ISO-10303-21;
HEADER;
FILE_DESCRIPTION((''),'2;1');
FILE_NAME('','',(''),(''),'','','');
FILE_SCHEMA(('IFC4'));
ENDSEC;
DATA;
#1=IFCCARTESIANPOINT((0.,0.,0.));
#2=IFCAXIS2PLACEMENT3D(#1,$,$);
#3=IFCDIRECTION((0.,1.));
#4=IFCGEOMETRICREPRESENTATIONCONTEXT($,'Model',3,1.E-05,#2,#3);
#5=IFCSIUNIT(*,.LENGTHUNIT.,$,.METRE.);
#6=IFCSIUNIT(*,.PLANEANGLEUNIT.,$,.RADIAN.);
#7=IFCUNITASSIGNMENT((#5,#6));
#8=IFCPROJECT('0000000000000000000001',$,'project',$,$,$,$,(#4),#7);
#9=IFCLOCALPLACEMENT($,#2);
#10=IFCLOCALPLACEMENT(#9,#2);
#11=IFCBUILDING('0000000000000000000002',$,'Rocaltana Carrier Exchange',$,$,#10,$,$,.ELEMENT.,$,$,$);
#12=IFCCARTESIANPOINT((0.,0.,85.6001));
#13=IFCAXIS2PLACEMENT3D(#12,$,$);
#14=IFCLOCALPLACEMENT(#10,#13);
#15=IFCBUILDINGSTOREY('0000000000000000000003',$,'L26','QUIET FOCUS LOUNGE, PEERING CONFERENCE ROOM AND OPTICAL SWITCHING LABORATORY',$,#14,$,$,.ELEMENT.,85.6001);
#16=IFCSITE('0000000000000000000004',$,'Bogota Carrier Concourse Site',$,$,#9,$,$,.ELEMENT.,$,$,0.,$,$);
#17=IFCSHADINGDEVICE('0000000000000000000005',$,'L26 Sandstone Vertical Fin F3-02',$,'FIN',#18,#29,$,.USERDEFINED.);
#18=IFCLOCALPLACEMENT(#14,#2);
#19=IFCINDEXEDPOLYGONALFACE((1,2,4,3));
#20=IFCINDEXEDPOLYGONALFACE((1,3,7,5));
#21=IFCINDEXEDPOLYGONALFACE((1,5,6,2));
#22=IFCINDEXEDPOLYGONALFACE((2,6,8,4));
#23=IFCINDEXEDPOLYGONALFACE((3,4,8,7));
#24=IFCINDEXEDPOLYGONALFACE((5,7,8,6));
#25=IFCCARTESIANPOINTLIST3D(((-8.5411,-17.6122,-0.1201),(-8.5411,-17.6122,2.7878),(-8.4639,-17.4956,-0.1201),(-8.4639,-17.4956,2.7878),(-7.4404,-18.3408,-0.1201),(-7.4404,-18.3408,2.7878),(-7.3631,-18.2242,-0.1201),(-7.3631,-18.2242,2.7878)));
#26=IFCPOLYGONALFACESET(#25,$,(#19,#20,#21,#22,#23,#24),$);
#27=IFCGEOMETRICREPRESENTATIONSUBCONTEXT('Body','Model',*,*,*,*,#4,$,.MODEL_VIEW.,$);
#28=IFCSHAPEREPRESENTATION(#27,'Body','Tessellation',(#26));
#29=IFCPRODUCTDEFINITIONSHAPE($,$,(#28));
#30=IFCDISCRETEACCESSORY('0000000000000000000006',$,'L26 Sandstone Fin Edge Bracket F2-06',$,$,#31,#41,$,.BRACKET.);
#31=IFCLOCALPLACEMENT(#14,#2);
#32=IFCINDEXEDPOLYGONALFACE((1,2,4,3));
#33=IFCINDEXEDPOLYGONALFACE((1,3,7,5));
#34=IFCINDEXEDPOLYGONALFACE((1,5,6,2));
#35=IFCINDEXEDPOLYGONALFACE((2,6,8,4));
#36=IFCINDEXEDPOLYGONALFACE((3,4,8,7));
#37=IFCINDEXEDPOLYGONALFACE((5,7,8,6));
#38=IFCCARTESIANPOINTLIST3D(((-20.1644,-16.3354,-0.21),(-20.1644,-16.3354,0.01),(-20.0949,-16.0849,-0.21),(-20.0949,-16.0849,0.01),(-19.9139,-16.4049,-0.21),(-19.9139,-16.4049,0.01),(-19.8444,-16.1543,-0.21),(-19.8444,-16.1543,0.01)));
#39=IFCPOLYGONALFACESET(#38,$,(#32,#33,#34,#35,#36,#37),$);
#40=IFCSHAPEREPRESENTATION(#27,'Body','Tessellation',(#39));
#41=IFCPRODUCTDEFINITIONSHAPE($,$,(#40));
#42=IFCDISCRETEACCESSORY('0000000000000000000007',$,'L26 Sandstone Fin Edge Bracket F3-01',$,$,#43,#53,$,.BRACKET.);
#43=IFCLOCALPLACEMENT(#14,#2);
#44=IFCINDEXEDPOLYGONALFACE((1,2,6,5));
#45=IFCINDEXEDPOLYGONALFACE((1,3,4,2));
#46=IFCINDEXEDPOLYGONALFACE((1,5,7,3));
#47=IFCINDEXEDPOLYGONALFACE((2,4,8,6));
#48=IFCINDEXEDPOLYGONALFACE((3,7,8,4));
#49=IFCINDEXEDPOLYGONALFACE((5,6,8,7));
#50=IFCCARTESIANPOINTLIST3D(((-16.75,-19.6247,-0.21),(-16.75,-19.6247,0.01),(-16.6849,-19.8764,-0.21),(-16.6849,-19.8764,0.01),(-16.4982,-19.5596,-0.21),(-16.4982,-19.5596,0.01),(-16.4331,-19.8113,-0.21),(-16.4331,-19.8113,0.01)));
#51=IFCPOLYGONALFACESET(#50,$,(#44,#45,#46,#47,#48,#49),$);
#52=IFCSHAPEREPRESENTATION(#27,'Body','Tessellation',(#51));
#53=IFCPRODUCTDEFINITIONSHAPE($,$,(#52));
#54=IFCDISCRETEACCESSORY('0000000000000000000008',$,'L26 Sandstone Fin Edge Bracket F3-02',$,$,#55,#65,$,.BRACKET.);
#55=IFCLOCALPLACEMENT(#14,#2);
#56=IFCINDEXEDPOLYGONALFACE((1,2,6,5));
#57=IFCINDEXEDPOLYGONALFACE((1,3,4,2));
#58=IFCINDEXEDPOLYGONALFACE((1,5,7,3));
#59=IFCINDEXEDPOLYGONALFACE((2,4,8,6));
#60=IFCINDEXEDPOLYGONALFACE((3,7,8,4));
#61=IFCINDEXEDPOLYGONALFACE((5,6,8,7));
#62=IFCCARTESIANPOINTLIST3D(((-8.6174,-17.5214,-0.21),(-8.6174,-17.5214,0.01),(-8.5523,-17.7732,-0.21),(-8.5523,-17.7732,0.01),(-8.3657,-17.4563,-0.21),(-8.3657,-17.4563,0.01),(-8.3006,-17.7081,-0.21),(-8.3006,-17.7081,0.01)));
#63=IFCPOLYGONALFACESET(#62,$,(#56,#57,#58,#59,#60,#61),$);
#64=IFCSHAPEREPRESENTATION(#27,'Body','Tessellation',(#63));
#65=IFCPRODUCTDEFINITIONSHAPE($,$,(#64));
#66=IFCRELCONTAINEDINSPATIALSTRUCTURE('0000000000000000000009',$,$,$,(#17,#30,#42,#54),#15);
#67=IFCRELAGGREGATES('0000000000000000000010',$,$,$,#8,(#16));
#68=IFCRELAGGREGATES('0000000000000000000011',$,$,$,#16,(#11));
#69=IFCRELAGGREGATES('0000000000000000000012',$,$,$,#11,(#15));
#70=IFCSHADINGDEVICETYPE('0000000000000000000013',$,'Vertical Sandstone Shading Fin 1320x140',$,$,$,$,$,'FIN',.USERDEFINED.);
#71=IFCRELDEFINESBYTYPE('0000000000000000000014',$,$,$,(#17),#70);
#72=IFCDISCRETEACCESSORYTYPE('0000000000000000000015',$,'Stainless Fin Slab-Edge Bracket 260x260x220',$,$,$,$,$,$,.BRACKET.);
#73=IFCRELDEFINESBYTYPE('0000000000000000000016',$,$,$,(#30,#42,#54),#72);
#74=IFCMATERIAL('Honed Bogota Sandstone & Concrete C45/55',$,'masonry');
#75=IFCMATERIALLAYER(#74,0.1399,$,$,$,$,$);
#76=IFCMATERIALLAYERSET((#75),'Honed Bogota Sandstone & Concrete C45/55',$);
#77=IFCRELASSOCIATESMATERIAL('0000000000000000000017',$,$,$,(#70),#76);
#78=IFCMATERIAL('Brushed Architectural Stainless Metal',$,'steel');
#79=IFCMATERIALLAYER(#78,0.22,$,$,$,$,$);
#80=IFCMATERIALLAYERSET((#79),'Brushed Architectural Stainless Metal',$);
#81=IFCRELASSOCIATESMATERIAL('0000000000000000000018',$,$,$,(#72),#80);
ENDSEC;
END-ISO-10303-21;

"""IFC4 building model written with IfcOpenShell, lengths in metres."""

from ifc_helpers import new_model, si_unit, direction, frame, origin, origin_2d, place, context, subcontext, project, spatial, rectangle, extrude, material, layer, layer_set, type_object, element, save


model = new_model("IFC4")

# Units and contexts
model_context = context("Model", 3, precision=1e-05, world=origin(), true_north=direction((0.0, 1.0)))
body_context = subcontext(model_context, "Body", "Model", "MODEL_VIEW")
ifc_project = project(units=[si_unit("LENGTHUNIT", "METRE"), si_unit("PLANEANGLEUNIT", "RADIAN")], contexts=[model_context])

# Site, building, storey
site_placement = place(None, origin())
site = spatial("IfcSite", under=ifc_project, at=site_placement, Name="Bogota Carrier Concourse Site", CompositionType="ELEMENT", RefElevation=0.0)
building_placement = place(site_placement, origin())
building = spatial("IfcBuilding", under=site, at=building_placement, Name="Rocaltana Carrier Exchange", CompositionType="ELEMENT")
storey_placement = place(building_placement, frame((0.0, 0.0, 85.6001)))
storey = spatial("IfcBuildingStorey", under=building, at=storey_placement, Name="L26", Description="QUIET FOCUS LOUNGE, PEERING CONFERENCE ROOM AND OPTICAL SWITCHING LABORATORY", CompositionType="ELEMENT", Elevation=85.6001)

# Shading device
ifc_material_1 = material(Name="Honed Bogota Sandstone & Concrete C45/55", Category="masonry")
ifc_layer_1 = layer(ifc_material_1, 0.1399)
ifc_layer_set_1 = layer_set([ifc_layer_1], Name="Honed Bogota Sandstone & Concrete C45/55")
shading_device_type = type_object("IfcShadingDeviceType", Name="Vertical Sandstone Shading Fin 1320x140", ElementType="FIN", PredefinedType="USERDEFINED", material=ifc_layer_set_1)
for number, where, z_axis, x_axis, name in (
    (1, (-7.9521, -17.9182, -0.1201), (0.0, 0.0, 1.0), (0.833886, -0.551937, 0.0), "L26 Sandstone Vertical Fin F3-02"),
):
    element("IfcShadingDevice", number, at=place(storey_placement, frame(where, z_axis=z_axis, x_axis=x_axis)), inside=storey, type_object=shading_device_type, Name=name, ObjectType="FIN", PredefinedType="USERDEFINED", context=body_context, shape_type="SweptSolid", body=[
        extrude(rectangle(XDim=1.3201, YDim=0.1399, at=origin_2d()), origin(), (0.0, 0.0, 1.0), 2.908),
    ])

# Discrete accessories
ifc_material_2 = material(Name="Brushed Architectural Stainless Metal", Category="steel")
ifc_layer_2 = layer(ifc_material_2, 0.22)
ifc_layer_set_2 = layer_set([ifc_layer_2], Name="Brushed Architectural Stainless Metal")
discrete_accessory_type = type_object("IfcDiscreteAccessoryType", Name="Stainless Fin Slab-Edge Bracket 260x260x220", PredefinedType="BRACKET", material=ifc_layer_set_2)
for number, where, z_axis, x_axis, name in (
    (2, (-20.0044, -16.2449, -0.21), (0.0, 0.0, 1.0), (-0.267238, -0.96363, 0.0), "L26 Sandstone Fin Edge Bracket F2-06"),
    (3, (-16.5916, -19.718, -0.21), (0.0, 0.0, 1.0), (0.968148, 0.25038, 0.0), "L26 Sandstone Fin Edge Bracket F3-01"),
    (4, (-8.459, -17.6147, -0.21), (0.0, 0.0, 1.0), (0.968148, 0.25038, 0.0), "L26 Sandstone Fin Edge Bracket F3-02"),
):
    element("IfcDiscreteAccessory", number, at=place(storey_placement, frame(where, z_axis=z_axis, x_axis=x_axis)), inside=storey, type_object=discrete_accessory_type, Name=name, PredefinedType="BRACKET", context=body_context, shape_type="SweptSolid", body=[
        extrude(rectangle(XDim=0.26, YDim=0.26, at=origin_2d()), origin(), (0.0, 0.0, 1.0), 0.22),
    ])

save(model, "model.ifc")
